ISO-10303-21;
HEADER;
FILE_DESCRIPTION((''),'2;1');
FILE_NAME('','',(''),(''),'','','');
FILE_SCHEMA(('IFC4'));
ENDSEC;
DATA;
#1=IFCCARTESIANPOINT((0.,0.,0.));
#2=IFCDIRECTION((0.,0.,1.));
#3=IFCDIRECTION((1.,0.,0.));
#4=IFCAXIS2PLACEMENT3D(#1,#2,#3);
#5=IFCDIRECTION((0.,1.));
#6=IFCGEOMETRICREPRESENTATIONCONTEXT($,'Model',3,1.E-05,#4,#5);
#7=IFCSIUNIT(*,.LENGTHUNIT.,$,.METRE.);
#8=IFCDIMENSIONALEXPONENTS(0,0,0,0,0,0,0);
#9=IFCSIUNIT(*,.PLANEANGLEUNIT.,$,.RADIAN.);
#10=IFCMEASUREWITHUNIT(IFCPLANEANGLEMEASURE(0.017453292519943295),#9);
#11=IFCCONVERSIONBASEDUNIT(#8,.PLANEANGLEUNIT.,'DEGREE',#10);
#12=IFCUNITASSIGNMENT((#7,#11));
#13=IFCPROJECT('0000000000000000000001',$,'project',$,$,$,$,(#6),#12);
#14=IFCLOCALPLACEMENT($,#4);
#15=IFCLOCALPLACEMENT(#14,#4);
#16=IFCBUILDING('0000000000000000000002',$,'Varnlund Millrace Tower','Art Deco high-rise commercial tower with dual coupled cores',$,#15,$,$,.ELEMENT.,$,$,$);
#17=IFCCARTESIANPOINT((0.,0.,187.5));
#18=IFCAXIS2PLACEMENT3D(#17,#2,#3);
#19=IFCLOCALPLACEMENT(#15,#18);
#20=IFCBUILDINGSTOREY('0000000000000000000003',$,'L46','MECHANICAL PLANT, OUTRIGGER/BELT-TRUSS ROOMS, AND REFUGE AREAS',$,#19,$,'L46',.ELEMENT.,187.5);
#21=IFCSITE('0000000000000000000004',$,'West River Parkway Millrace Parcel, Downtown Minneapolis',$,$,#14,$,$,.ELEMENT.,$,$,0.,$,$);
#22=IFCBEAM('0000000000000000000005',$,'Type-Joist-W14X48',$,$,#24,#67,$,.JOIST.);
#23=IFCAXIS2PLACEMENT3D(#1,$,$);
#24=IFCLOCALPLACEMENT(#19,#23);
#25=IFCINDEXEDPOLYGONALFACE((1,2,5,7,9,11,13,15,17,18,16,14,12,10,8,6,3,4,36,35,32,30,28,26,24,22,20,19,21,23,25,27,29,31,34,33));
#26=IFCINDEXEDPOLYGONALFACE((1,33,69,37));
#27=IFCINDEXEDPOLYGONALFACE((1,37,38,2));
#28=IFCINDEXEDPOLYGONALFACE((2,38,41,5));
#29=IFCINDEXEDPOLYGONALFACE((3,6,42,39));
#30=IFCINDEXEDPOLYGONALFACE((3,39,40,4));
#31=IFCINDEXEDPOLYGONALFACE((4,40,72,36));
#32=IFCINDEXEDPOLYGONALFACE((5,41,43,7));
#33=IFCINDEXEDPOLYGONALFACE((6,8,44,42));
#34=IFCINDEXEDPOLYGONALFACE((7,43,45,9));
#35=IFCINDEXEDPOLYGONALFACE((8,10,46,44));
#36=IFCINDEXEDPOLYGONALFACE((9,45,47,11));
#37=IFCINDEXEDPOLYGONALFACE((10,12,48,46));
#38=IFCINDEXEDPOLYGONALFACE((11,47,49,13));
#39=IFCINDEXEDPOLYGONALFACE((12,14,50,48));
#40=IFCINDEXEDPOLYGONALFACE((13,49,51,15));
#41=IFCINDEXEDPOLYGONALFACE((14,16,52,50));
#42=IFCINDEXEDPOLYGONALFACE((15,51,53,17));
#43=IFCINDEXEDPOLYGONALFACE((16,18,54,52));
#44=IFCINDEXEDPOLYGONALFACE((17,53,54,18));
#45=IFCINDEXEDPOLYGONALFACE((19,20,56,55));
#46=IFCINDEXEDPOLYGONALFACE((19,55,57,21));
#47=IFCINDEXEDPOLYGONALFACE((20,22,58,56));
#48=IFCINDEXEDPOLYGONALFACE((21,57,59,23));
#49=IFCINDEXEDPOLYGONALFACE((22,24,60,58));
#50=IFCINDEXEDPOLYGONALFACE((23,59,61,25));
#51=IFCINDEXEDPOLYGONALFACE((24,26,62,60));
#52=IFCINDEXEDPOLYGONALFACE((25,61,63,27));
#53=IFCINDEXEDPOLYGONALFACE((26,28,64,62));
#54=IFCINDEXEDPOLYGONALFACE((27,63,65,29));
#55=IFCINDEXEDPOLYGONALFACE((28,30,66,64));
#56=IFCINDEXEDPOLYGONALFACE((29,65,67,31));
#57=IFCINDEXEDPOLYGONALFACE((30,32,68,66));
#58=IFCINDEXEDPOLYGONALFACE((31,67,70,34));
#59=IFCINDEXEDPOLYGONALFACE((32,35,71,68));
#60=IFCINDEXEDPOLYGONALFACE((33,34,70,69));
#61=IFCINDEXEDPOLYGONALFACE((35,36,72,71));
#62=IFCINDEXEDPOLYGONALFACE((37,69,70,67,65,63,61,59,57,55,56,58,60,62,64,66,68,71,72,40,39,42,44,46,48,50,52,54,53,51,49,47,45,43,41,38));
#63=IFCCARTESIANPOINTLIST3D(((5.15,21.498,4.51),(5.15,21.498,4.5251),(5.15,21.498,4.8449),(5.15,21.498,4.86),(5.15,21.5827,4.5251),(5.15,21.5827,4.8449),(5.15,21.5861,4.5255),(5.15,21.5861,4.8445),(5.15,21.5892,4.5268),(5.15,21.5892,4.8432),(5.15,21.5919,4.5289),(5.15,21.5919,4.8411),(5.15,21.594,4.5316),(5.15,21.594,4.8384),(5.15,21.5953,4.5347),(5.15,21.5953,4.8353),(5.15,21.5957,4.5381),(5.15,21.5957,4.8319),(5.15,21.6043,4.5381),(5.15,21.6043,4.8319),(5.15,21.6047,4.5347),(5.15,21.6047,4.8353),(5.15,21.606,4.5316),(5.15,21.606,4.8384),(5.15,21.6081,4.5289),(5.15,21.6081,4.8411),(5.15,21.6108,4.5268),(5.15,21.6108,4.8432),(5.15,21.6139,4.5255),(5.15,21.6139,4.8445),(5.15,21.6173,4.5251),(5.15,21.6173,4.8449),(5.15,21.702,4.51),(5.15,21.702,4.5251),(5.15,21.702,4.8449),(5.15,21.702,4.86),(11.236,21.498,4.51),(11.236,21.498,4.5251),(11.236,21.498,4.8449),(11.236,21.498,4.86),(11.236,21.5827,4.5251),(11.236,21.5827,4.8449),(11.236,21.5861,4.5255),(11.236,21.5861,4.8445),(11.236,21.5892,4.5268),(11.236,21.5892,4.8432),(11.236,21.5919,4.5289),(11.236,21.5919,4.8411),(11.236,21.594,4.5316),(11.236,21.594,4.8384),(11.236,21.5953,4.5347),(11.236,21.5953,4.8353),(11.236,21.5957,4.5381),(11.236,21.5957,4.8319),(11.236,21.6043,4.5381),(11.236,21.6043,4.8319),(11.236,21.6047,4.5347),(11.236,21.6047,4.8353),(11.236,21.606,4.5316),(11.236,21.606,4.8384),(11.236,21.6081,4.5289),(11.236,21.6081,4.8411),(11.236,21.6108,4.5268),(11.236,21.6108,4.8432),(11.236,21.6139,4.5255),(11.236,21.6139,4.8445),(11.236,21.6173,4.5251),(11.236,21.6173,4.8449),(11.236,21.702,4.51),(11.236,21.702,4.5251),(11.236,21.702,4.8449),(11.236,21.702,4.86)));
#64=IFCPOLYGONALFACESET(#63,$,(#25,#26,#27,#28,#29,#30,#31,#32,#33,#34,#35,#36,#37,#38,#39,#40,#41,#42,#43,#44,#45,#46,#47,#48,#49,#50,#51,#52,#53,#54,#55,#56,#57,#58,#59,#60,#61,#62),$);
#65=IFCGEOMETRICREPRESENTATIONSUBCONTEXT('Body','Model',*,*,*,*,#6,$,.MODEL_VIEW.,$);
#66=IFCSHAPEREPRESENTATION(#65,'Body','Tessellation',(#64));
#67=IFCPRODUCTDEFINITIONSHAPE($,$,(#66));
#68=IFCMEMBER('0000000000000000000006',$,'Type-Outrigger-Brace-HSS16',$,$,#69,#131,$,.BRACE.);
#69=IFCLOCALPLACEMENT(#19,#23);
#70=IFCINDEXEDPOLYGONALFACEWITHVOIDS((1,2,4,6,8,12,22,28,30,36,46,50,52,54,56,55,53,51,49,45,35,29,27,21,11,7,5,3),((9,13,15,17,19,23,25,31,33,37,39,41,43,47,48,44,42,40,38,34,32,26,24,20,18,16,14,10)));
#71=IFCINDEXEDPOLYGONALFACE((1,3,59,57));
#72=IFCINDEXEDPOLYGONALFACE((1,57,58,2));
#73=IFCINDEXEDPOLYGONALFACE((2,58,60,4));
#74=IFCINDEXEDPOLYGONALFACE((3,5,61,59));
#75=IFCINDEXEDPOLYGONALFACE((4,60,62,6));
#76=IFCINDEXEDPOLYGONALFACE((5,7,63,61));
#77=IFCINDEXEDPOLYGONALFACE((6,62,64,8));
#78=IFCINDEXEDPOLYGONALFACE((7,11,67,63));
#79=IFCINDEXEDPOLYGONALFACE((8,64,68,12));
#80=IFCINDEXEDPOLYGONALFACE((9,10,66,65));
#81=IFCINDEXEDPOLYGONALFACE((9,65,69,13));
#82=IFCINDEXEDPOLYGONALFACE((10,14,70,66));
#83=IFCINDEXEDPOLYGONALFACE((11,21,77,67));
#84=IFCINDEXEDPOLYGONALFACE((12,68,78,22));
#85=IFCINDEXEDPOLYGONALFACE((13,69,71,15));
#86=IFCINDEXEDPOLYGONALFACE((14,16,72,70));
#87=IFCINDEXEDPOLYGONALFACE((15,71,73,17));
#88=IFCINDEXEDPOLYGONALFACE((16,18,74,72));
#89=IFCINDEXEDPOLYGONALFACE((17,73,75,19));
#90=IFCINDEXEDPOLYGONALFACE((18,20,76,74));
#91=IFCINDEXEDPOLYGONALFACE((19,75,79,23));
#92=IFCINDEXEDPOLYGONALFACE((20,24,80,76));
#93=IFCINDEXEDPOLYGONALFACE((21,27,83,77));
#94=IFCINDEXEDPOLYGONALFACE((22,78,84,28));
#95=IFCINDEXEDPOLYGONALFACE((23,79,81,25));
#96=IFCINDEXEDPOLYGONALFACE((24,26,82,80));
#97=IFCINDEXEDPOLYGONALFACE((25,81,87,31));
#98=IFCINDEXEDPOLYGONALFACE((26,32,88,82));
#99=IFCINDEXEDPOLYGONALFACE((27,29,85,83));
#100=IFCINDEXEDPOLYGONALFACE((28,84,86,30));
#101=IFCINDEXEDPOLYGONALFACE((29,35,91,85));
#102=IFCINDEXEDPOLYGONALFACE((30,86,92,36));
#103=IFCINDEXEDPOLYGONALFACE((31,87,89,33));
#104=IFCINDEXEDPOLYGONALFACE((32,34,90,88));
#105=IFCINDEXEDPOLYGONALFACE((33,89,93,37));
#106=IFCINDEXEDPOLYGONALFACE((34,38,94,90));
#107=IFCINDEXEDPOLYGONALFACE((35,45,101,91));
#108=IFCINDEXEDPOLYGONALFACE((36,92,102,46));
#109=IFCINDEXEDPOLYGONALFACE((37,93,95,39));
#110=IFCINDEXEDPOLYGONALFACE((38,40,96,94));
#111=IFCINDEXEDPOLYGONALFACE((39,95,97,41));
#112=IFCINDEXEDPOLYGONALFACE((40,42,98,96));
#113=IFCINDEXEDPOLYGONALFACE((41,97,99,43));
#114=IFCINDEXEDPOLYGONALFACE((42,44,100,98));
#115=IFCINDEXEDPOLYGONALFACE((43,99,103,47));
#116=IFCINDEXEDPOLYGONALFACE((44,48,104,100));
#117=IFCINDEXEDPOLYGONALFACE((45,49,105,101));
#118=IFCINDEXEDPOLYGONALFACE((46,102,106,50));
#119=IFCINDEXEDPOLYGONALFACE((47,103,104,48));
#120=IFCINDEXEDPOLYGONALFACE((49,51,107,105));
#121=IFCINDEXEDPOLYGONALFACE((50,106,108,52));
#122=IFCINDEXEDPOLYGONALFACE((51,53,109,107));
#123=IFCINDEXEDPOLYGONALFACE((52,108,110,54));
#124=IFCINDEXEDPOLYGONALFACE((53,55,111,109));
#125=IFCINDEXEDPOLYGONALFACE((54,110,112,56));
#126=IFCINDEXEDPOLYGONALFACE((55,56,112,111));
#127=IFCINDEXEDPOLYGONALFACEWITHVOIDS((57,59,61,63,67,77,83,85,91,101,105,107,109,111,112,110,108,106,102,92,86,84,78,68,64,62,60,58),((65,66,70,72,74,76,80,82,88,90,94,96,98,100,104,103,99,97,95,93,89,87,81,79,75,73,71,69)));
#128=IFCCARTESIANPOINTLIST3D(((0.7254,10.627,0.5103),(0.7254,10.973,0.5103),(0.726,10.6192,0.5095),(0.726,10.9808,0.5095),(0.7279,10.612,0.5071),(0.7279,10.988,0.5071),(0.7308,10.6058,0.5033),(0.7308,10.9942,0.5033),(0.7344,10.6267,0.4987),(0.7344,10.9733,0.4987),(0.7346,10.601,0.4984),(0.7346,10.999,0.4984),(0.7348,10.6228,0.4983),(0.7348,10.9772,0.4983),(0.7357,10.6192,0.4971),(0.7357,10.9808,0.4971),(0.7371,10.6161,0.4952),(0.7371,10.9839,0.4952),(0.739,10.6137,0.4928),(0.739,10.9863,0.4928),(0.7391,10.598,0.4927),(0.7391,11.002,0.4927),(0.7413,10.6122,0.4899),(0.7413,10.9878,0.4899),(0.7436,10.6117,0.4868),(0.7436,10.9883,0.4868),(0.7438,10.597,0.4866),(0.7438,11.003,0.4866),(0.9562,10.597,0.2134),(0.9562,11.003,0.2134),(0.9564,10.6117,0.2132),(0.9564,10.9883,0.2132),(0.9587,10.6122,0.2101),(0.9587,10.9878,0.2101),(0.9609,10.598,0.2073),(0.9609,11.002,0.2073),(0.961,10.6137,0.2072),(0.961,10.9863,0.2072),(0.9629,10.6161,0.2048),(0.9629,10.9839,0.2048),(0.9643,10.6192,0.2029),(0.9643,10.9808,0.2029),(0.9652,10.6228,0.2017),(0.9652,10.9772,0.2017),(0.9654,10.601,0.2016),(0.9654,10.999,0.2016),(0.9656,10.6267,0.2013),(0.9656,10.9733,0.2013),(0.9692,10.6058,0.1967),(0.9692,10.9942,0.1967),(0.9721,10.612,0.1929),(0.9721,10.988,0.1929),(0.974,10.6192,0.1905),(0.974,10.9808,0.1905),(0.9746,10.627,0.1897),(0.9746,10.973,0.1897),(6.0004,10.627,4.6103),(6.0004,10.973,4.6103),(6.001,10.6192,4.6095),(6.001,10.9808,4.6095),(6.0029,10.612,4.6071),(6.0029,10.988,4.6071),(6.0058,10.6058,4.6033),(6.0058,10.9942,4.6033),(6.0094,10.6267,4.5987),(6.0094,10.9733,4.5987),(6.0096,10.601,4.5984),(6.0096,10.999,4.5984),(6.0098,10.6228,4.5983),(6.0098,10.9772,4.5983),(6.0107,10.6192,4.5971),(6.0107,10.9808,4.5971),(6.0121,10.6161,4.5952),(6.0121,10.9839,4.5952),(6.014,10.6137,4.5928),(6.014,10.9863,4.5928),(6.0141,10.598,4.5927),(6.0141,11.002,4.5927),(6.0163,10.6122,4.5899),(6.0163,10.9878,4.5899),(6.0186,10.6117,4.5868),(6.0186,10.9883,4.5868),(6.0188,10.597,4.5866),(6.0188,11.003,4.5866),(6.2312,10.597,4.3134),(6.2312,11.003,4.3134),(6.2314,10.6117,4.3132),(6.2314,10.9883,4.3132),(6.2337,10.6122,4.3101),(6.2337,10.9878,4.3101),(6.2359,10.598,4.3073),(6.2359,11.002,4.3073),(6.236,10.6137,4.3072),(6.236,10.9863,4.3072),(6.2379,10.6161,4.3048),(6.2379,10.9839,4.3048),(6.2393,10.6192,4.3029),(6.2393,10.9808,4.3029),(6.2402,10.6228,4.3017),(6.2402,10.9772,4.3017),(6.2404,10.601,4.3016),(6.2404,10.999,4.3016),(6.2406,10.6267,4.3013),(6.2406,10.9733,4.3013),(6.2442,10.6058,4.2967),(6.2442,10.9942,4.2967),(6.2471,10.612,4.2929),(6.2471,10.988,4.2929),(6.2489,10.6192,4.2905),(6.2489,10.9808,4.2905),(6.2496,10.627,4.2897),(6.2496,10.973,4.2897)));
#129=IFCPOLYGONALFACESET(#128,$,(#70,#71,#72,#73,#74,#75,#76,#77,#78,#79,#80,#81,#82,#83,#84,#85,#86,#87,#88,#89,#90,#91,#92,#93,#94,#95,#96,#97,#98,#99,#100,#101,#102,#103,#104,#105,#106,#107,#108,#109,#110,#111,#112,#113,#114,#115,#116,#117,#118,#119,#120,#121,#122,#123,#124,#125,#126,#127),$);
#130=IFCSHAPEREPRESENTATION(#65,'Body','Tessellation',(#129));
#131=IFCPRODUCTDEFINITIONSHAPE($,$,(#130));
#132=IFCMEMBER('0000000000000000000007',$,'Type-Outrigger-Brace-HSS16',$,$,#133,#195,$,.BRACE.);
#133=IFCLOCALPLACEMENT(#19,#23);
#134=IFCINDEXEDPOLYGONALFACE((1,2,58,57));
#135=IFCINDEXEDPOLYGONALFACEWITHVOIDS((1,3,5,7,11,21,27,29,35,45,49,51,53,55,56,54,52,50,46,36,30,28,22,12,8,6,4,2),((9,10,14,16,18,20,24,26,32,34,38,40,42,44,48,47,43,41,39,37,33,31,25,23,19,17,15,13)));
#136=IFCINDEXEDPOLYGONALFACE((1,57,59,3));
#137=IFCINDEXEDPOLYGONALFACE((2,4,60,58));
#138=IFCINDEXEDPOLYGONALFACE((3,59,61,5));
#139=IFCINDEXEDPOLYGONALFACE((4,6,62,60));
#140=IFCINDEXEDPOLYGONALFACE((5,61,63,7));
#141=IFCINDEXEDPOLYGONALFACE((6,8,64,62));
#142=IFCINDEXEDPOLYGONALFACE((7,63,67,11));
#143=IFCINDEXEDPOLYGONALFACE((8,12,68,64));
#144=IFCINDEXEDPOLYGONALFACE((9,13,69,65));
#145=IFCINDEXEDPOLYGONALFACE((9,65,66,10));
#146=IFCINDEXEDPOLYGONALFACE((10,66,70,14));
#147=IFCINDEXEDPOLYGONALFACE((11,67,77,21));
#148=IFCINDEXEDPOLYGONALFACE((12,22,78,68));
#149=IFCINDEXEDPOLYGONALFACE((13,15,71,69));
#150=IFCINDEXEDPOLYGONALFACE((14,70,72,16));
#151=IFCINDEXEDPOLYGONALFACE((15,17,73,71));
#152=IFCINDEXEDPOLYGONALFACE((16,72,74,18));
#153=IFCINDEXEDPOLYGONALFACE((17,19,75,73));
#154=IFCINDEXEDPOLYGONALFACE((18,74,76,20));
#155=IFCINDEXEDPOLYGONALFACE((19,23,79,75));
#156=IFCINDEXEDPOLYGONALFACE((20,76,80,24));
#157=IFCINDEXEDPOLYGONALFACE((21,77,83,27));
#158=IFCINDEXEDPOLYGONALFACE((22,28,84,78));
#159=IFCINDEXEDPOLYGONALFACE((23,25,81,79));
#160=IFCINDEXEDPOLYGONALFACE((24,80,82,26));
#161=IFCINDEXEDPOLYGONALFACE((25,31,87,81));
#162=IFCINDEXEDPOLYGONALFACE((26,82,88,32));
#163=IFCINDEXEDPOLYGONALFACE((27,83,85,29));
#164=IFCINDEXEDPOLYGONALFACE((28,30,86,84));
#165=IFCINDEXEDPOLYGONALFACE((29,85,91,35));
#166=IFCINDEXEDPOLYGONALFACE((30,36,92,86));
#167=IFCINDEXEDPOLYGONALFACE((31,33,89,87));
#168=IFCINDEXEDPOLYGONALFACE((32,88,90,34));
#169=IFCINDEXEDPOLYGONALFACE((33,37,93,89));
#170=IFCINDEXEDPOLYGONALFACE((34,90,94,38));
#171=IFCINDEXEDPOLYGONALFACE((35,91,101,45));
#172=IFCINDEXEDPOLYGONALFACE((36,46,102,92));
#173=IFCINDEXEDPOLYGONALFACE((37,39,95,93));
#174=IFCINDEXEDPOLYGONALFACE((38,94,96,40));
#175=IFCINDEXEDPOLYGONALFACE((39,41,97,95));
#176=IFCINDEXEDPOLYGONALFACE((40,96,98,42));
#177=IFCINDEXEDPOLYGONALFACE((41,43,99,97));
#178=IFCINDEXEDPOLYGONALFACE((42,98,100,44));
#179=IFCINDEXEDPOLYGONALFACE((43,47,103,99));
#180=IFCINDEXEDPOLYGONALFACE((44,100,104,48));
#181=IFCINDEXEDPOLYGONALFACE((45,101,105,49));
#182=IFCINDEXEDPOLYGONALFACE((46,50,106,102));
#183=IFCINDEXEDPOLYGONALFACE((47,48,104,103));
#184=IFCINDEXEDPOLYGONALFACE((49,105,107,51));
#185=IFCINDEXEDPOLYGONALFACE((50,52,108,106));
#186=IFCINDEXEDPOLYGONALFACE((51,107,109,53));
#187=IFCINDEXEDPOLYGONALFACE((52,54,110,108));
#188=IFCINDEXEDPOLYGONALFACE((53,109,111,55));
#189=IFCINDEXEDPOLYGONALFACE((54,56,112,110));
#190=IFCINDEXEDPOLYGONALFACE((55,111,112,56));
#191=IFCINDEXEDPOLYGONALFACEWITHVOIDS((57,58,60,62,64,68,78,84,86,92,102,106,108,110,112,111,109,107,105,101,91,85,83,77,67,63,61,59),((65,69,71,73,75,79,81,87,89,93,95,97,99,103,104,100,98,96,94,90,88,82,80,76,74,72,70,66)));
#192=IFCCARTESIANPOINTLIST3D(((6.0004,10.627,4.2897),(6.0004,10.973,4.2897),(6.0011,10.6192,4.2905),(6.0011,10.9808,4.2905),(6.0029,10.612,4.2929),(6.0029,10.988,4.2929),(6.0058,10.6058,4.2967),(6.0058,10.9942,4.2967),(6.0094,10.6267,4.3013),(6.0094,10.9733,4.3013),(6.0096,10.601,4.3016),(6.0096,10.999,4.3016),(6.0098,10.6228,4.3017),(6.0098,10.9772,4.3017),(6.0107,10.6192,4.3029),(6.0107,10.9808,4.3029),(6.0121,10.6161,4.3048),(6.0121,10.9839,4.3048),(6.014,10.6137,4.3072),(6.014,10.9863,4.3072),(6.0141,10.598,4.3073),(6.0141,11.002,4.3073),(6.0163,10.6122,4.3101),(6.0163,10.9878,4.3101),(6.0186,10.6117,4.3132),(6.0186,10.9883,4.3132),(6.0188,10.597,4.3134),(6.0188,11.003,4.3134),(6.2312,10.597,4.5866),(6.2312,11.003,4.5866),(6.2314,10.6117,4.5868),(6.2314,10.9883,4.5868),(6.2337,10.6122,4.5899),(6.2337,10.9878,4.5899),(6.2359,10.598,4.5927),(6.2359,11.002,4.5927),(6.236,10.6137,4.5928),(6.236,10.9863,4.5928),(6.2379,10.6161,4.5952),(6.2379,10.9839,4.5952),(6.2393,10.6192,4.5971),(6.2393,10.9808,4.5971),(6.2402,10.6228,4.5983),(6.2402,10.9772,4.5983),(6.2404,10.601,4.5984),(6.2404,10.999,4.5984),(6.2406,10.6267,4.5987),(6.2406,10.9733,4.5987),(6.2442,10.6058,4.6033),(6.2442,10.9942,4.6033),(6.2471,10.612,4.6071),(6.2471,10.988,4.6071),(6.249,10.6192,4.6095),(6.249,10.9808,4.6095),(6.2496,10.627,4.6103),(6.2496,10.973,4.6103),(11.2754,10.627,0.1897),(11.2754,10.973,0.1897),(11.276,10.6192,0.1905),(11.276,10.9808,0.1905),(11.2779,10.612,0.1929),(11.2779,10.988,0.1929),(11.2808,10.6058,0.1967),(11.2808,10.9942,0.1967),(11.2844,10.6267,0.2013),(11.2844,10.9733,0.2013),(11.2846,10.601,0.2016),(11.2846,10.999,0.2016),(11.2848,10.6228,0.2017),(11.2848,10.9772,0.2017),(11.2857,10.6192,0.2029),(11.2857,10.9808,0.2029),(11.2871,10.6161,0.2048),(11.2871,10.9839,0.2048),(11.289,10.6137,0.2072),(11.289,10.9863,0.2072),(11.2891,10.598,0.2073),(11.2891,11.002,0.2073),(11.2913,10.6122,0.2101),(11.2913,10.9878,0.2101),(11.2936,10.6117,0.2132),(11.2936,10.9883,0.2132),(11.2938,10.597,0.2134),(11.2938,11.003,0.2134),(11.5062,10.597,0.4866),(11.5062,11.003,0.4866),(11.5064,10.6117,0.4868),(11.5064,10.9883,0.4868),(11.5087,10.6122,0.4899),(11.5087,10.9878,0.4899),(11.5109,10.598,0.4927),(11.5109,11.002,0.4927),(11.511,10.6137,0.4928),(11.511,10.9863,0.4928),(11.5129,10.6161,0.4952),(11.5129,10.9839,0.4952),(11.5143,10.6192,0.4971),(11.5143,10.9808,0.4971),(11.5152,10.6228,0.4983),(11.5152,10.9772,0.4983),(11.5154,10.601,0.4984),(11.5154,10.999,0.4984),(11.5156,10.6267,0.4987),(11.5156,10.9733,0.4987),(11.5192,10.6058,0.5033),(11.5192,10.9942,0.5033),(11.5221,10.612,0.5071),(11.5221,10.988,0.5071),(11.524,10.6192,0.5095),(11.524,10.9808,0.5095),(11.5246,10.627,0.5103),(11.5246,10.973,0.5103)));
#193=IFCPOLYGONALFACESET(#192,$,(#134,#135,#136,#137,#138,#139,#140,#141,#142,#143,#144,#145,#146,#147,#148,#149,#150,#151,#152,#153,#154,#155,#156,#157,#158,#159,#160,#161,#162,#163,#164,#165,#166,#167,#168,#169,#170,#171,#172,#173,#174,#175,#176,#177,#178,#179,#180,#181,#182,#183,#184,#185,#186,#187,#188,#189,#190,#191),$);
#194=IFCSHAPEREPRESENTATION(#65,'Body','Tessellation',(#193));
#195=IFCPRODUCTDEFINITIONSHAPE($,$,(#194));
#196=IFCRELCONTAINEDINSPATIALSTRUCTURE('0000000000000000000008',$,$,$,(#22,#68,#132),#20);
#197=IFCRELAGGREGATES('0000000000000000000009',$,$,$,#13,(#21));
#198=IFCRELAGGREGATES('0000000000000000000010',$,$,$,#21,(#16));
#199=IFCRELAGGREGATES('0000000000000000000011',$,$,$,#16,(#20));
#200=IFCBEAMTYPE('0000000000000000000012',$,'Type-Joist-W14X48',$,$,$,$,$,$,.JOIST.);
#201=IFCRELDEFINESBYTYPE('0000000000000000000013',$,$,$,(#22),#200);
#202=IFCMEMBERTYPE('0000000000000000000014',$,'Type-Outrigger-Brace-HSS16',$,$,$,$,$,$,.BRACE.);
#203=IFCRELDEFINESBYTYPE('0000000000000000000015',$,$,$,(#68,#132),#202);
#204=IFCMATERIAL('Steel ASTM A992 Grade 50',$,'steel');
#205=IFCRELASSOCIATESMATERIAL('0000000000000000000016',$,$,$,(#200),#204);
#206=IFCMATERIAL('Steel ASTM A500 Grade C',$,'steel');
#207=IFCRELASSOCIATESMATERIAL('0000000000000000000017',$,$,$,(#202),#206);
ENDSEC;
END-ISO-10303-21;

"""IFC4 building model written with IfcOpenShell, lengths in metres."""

from ifc_helpers import new_model, entity, si_unit, converted_unit, direction, frame, origin_with_axes, origin_2d_with_axis, place, context, subcontext, project, spatial, hollow_rectangle, i_section, extrude, material, material_profile, profile_set, type_object, element, save


model = new_model("IFC4")

# Units and contexts
model_context = context("Model", 3, precision=1e-05, world=origin_with_axes(), true_north=direction((0.0, 1.0)))
body_context = subcontext(model_context, "Body", "Model", "MODEL_VIEW")
ifc_project = project(units=[si_unit("LENGTHUNIT", "METRE"), converted_unit("PLANEANGLEUNIT", "DEGREE", entity("IfcPlaneAngleMeasure", 0.017453292519943295), si_unit("PLANEANGLEUNIT", "RADIAN"), dimensions=[0, 0, 0, 0, 0, 0, 0])], contexts=[model_context])

# Site, building, storey
site_placement = place(None, origin_with_axes())
site = spatial("IfcSite", under=ifc_project, at=site_placement, Name="West River Parkway Millrace Parcel, Downtown Minneapolis", CompositionType="ELEMENT", RefElevation=0.0)
building_placement = place(site_placement, origin_with_axes())
building = spatial("IfcBuilding", under=site, at=building_placement, Name="Varnlund Millrace Tower", Description="Art Deco high-rise commercial tower with dual coupled cores", CompositionType="ELEMENT")
storey_placement = place(building_placement, frame((0.0, 0.0, 187.5), z_axis=(0.0, 0.0, 1.0), x_axis=(1.0, 0.0, 0.0)))
storey = spatial("IfcBuildingStorey", under=building, at=storey_placement, Name="L46", Description="MECHANICAL PLANT, OUTRIGGER/BELT-TRUSS ROOMS, AND REFUGE AREAS", LongName="L46", CompositionType="ELEMENT", Elevation=187.5)

# Shared definitions
ifc_material_1 = material(Name="Steel ASTM A500 Grade C", Category="steel")

# Beam
ifc_material_2 = material(Name="Steel ASTM A992 Grade 50", Category="steel")
ifc_material_profile_1 = material_profile(ifc_material_2, i_section(OverallWidth=0.204, OverallDepth=0.35, WebThickness=0.0086, FlangeThickness=0.0151, FilletRadius=0.013, at=origin_2d_with_axis()), Name="Steel ASTM A992 Grade 50")
ifc_profile_set_1 = profile_set([ifc_material_profile_1], Name="Steel ASTM A992 Grade 50")
beam_type_1 = type_object("IfcBeamType", Name="Type-Joist-W14X48", PredefinedType="JOIST", material=ifc_profile_set_1)
for number, where, z_axis, x_axis, name in (
    (1, (5.15, 21.6, 4.685), (1.0, 0.0, 0.0), (0.0, 1.0, 0.0), "Type-Joist-W14X48"),
):
    element("IfcBeam", number, at=place(storey_placement, frame(where, z_axis=z_axis, x_axis=x_axis)), inside=storey, type_object=beam_type_1, Name=name, PredefinedType="JOIST", context=body_context, shape_type="SweptSolid", body=[
        extrude(i_section(OverallWidth=0.204, OverallDepth=0.35, WebThickness=0.0086, FlangeThickness=0.0151, FilletRadius=0.013, at=origin_2d_with_axis()), origin_with_axes(), (0.0, 0.0, 1.0), 6.086),
    ])

# Members
ifc_material_profile_2 = material_profile(ifc_material_1, hollow_rectangle(XDim=0.406, YDim=0.406, WallThickness=0.0147, InnerFilletRadius=0.015, OuterFilletRadius=0.03, at=origin_2d_with_axis()), Name="Steel ASTM A500 Grade C")
ifc_profile_set_2 = profile_set([ifc_material_profile_2], Name="Steel ASTM A500 Grade C")
member_type_1 = type_object("IfcMemberType", Name="Type-Outrigger-Brace-HSS16", PredefinedType="BRACE", material=ifc_profile_set_2)
for number, where, z_axis, x_axis, name in (
    (2, (0.85, 10.8, 0.35), (0.789554, 0.0, 0.613682), (0.0, 1.0, 0.0), "Type-Outrigger-Brace-HSS16"),
    (3, (11.4, 10.8, 0.35), (-0.789554, 0.0, 0.613682), (0.0, -1.0, 0.0), "Type-Outrigger-Brace-HSS16"),
):
    element("IfcMember", number, at=place(storey_placement, frame(where, z_axis=z_axis, x_axis=x_axis)), inside=storey, type_object=member_type_1, Name=name, PredefinedType="BRACE", context=body_context, shape_type="SweptSolid", body=[
        extrude(hollow_rectangle(XDim=0.406, YDim=0.406, WallThickness=0.0147, InnerFilletRadius=0.015, OuterFilletRadius=0.03, at=origin_2d_with_axis()), origin_with_axes(), (0.0, 0.0, 1.0), 6.681),
    ])

save(model, "model.ifc")
